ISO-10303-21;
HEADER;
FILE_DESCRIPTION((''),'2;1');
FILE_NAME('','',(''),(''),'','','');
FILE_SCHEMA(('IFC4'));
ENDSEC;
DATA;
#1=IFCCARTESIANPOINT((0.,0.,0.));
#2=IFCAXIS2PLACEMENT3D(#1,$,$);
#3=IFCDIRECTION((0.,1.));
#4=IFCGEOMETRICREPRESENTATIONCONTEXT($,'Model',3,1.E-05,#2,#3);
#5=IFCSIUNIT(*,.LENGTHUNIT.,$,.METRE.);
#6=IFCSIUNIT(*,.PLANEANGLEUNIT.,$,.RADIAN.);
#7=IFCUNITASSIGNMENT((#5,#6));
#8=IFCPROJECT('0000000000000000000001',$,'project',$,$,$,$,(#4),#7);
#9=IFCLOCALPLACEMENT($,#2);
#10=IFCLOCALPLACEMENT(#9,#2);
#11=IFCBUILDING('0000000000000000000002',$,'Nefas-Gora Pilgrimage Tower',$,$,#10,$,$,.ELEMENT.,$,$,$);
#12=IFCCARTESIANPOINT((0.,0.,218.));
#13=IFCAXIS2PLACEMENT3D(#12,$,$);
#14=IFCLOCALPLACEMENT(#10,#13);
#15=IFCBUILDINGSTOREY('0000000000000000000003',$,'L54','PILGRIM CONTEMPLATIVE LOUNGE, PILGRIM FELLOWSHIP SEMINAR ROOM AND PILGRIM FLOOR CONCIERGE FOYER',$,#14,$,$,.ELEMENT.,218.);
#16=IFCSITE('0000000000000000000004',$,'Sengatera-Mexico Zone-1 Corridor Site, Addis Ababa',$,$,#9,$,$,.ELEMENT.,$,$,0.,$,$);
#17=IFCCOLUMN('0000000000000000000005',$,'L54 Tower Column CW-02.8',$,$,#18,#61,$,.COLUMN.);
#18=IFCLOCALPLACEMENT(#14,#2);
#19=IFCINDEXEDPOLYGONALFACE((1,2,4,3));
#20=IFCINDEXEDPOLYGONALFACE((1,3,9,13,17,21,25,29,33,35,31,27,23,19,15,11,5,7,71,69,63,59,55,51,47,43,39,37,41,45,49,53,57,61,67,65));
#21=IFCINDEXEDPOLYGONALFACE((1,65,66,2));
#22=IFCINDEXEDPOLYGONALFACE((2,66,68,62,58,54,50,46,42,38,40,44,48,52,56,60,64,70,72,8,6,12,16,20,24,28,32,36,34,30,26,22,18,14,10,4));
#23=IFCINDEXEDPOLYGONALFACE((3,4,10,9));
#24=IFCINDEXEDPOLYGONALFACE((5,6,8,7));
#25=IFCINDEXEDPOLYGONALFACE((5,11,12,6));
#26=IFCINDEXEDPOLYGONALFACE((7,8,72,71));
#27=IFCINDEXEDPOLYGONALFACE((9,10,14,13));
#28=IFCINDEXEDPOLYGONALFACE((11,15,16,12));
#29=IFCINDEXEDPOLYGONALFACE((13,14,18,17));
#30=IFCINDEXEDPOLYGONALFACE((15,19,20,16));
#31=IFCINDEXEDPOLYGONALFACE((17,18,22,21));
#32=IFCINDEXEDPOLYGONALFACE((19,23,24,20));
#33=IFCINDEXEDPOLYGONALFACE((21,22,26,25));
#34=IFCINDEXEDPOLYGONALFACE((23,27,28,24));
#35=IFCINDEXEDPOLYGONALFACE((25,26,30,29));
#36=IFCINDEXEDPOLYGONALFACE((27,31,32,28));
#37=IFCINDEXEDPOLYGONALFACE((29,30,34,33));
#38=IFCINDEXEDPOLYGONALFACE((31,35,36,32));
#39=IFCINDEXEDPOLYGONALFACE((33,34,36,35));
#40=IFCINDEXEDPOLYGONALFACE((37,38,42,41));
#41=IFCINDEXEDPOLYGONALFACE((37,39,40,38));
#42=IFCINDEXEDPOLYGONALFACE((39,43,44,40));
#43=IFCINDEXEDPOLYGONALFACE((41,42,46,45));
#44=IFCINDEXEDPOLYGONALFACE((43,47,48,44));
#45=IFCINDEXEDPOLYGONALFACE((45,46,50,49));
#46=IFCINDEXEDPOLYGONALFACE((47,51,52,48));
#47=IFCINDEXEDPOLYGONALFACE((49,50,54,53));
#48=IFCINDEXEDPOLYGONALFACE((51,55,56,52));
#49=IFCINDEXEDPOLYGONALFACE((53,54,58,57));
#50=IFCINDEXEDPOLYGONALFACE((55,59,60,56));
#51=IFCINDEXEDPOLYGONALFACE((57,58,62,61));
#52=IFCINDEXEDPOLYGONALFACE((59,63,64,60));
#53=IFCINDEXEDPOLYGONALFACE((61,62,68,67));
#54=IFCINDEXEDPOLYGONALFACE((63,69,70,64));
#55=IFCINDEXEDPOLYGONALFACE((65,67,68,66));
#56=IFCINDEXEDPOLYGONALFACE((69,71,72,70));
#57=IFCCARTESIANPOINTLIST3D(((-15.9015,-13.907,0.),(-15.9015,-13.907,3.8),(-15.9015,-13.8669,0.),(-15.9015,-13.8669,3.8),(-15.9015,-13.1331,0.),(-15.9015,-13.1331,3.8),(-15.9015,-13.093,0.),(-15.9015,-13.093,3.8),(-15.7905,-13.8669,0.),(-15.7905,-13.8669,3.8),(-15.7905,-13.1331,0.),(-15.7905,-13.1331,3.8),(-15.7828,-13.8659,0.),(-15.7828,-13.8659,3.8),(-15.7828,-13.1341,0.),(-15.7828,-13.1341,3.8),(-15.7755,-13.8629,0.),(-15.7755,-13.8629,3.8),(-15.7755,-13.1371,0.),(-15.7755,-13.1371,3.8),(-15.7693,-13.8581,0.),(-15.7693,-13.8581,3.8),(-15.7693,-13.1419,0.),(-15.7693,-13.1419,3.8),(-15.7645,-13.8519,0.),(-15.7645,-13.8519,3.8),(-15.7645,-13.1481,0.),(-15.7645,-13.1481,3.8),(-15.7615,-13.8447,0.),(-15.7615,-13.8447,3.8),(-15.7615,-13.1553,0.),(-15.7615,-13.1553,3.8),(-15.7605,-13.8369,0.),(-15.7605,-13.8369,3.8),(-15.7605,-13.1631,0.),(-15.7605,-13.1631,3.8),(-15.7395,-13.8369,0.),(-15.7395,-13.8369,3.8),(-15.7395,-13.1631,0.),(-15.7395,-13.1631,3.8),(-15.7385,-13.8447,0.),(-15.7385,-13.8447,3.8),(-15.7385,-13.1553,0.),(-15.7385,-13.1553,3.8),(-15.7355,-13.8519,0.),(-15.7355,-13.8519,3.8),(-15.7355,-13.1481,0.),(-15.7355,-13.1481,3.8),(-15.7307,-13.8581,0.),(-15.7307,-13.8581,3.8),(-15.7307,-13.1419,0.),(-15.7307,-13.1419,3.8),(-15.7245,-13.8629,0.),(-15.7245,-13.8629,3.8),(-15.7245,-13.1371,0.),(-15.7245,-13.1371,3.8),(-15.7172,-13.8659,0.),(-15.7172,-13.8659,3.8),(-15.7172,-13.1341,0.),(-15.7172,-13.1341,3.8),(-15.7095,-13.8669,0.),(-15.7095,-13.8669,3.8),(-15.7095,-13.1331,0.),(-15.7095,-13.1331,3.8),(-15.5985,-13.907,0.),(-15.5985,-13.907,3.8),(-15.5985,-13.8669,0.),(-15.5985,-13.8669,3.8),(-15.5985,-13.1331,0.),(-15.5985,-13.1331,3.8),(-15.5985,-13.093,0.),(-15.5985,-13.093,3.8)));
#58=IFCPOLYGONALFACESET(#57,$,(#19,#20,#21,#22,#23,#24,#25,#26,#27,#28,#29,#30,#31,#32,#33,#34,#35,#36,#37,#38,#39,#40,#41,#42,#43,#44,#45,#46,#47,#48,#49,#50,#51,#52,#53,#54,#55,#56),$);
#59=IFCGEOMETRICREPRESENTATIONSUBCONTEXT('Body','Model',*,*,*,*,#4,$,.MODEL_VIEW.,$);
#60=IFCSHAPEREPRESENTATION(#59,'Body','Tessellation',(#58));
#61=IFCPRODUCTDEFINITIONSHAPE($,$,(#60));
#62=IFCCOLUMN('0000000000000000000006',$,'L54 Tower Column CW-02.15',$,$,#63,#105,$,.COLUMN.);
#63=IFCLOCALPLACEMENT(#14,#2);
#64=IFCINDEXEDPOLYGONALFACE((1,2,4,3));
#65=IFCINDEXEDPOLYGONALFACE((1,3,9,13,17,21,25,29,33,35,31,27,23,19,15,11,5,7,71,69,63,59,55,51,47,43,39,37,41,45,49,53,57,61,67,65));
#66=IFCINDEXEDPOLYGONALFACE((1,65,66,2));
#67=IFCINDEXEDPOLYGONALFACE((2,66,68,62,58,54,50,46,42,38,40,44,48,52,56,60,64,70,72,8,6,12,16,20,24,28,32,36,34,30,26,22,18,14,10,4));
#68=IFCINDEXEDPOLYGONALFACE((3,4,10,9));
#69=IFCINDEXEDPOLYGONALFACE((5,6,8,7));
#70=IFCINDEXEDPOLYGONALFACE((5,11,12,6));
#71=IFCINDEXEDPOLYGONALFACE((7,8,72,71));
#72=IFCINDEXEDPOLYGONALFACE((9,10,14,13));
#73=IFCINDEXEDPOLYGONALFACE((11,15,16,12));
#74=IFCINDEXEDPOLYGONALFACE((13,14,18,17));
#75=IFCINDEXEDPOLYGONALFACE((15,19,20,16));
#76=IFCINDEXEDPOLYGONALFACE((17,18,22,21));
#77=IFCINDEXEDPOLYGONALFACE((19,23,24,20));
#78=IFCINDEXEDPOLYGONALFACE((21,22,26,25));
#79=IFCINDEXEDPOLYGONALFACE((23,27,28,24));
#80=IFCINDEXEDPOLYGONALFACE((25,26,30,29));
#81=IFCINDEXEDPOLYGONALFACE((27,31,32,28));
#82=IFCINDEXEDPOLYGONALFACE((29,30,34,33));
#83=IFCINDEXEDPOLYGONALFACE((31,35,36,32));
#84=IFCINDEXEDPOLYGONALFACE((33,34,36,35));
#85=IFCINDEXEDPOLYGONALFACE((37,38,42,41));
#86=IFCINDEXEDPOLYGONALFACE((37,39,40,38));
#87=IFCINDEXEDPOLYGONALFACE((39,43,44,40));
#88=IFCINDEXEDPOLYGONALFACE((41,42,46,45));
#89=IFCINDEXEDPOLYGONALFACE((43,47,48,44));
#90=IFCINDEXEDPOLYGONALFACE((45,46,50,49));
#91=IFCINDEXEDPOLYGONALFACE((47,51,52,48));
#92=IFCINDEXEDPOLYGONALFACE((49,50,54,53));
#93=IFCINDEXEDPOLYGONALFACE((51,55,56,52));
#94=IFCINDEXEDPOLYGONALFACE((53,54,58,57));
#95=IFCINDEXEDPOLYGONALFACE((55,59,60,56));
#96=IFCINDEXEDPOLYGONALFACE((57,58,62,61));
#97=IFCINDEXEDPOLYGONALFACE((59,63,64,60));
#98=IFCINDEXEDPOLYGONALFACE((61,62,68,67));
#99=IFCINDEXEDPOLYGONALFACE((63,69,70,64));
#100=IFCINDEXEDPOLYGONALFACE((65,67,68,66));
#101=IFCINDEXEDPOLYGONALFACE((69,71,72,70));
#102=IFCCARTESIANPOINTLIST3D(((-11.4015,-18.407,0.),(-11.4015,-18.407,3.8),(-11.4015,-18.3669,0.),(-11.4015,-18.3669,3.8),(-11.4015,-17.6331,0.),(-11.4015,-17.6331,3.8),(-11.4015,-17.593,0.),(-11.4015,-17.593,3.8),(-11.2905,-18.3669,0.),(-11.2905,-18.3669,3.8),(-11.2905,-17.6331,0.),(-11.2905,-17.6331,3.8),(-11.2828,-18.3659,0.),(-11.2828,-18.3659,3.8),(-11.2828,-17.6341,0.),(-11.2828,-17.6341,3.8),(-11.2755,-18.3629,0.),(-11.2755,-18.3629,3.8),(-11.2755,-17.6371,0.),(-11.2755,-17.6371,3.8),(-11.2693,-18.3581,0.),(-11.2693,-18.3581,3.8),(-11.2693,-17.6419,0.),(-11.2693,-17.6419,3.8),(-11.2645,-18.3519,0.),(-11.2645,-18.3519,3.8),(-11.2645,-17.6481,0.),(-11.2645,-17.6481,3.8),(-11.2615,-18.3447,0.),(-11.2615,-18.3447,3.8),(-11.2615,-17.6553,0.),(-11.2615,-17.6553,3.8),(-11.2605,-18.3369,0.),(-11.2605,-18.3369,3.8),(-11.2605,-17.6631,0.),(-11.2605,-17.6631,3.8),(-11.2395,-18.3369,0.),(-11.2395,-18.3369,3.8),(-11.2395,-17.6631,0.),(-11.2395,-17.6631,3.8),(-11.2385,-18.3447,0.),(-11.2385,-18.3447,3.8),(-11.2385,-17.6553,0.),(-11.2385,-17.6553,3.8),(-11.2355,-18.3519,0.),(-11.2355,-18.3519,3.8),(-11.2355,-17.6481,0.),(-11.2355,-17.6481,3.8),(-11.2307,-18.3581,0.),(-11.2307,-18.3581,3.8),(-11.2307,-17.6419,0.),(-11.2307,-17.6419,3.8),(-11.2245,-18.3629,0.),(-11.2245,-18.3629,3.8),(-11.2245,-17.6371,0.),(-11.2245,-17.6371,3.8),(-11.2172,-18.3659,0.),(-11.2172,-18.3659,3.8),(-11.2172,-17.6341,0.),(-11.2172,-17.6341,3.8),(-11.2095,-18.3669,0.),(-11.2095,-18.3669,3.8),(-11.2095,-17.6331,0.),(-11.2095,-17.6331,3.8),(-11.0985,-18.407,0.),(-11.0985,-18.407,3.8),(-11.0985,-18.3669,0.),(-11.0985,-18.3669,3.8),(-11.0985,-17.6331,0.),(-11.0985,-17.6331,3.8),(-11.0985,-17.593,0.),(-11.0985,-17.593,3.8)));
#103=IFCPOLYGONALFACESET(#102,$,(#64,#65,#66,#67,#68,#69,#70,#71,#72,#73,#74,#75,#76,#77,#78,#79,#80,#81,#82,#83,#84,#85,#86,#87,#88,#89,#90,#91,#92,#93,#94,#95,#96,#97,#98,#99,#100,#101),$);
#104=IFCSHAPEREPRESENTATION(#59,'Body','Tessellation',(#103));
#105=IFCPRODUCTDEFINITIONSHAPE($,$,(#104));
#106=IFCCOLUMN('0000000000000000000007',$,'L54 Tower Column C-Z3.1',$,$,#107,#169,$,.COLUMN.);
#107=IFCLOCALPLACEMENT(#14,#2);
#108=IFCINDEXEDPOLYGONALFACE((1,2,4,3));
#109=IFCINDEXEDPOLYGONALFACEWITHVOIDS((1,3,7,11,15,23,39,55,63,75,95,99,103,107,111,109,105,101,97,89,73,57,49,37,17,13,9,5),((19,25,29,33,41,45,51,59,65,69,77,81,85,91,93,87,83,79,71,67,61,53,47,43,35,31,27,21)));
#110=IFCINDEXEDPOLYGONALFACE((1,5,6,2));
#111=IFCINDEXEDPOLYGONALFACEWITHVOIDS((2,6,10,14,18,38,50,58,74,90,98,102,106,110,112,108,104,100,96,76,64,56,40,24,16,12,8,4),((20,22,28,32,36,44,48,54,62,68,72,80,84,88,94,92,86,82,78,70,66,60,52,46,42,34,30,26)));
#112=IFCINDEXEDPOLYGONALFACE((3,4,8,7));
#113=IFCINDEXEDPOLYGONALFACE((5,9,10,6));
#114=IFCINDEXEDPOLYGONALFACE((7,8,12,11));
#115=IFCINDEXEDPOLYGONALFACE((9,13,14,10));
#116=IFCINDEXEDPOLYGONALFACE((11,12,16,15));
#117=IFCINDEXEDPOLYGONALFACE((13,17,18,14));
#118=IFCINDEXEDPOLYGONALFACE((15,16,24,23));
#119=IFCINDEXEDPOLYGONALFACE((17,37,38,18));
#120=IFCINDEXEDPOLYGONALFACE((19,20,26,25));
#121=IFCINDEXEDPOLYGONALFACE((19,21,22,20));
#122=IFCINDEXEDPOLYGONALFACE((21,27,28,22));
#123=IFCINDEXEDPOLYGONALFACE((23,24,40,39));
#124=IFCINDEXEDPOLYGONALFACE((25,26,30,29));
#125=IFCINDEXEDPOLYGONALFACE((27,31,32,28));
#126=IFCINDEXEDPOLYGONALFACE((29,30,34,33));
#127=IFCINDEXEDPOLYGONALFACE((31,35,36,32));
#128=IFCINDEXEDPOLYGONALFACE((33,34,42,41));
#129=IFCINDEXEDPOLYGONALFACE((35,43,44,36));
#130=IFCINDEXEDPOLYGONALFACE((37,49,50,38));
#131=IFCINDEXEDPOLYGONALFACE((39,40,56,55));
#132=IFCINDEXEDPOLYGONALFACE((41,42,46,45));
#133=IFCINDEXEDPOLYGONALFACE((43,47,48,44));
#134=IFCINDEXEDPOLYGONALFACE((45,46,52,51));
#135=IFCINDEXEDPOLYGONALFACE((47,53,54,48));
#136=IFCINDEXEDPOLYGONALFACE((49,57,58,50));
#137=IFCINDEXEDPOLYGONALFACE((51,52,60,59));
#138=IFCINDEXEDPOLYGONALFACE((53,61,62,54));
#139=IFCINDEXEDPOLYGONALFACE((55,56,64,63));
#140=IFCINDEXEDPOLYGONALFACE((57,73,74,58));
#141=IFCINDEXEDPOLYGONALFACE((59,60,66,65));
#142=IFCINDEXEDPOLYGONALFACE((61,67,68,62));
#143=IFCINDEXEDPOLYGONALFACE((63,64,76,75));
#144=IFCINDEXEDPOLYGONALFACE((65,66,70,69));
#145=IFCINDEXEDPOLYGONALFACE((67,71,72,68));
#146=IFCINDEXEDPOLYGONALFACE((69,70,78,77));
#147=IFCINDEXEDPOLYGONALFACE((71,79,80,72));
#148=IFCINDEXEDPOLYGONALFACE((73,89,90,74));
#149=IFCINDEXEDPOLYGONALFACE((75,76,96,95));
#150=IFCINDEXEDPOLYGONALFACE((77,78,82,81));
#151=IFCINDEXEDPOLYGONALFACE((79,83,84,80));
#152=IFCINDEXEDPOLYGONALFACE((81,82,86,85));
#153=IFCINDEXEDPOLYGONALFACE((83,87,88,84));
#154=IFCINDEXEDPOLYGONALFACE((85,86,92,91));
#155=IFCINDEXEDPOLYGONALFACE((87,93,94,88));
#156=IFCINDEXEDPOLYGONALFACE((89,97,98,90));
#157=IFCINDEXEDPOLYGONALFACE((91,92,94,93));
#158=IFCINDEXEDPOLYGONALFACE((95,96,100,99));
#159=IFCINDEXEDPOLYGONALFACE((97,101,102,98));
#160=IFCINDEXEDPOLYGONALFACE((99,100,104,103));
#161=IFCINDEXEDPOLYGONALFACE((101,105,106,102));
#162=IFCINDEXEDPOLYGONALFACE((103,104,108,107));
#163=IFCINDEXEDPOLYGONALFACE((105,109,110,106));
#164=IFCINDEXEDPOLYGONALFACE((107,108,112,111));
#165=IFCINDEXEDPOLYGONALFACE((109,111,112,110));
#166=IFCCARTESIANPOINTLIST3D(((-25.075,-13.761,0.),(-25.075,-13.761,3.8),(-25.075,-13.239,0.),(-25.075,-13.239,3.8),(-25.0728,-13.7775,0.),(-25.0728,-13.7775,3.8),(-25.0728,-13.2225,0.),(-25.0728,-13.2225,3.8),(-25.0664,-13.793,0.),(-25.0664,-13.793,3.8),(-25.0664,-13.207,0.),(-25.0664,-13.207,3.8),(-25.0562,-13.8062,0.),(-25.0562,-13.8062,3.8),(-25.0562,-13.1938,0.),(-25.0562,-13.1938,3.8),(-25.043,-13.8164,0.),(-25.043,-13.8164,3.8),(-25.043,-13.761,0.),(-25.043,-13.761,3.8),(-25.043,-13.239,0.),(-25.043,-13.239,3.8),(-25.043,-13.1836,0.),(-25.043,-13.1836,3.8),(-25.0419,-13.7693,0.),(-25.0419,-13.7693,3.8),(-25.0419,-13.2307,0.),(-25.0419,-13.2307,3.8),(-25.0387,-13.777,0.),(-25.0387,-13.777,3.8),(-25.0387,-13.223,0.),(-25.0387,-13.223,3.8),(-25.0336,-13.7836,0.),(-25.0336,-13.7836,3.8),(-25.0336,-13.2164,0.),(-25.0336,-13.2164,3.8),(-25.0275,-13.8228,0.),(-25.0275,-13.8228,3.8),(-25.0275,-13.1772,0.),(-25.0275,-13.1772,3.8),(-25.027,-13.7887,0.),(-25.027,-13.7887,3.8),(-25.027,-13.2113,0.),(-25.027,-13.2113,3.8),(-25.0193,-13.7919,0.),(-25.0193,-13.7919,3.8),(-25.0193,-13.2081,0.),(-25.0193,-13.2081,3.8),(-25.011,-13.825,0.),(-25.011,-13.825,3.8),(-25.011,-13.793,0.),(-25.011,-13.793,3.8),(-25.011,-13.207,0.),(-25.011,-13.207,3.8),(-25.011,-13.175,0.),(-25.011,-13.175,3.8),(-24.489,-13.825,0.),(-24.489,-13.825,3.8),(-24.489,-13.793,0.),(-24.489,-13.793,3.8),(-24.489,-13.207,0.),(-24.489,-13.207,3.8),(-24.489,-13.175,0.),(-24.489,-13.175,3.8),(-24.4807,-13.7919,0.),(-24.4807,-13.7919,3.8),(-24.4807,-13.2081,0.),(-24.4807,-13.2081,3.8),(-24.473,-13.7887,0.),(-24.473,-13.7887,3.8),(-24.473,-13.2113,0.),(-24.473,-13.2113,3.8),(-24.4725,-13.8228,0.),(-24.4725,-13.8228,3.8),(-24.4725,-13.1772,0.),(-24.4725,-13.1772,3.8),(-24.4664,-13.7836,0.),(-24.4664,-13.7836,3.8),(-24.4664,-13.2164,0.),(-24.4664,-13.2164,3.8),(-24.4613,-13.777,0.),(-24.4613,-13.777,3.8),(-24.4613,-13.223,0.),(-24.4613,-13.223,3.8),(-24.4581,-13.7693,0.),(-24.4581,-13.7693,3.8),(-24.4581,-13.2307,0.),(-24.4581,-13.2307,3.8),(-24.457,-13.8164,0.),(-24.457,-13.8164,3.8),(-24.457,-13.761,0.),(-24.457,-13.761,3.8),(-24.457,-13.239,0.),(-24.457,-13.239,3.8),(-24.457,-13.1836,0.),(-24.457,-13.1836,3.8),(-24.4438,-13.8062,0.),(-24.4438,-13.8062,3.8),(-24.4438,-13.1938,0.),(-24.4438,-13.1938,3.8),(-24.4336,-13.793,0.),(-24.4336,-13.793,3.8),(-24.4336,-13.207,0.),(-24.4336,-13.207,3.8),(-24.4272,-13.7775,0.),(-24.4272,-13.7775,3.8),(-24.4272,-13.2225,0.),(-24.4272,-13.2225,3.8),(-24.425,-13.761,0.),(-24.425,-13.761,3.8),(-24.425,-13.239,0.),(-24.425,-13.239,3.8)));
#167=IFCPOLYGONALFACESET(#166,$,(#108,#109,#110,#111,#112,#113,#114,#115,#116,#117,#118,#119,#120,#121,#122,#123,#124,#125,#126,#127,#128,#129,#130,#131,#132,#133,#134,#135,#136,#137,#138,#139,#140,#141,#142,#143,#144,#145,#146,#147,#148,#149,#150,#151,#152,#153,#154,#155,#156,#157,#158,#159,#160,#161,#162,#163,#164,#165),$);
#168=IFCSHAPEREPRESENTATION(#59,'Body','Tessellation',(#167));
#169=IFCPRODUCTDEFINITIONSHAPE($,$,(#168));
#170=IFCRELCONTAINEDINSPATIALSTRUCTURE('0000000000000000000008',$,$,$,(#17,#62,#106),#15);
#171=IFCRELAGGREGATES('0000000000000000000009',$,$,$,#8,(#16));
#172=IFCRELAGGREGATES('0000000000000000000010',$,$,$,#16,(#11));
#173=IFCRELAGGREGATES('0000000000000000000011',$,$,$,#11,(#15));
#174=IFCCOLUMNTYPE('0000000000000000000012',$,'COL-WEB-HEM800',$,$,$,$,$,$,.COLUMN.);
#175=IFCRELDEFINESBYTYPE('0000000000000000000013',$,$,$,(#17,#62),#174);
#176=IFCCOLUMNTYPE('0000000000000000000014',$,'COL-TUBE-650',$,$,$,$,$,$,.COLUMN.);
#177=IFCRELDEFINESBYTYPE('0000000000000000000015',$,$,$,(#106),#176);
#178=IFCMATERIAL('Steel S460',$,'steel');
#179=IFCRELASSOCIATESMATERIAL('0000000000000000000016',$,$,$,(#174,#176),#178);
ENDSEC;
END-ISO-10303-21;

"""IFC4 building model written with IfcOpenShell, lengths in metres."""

from ifc_helpers import new_model, si_unit, direction, frame, origin, origin_2d, place, context, subcontext, project, spatial, hollow_rectangle, i_section, extrude, source, transform, mapped, material, material_profile, profile_set, type_object, element, save


model = new_model("IFC4")

# Units and contexts
model_context = context("Model", 3, precision=1e-05, world=origin(), true_north=direction((0.0, 1.0)))
body_context = subcontext(model_context, "Body", "Model", "MODEL_VIEW")
ifc_project = project(units=[si_unit("LENGTHUNIT", "METRE"), si_unit("PLANEANGLEUNIT", "RADIAN")], contexts=[model_context])

# Site, building, storey
site_placement = place(None, origin())
site = spatial("IfcSite", under=ifc_project, at=site_placement, Name="Sengatera-Mexico Zone-1 Corridor Site, Addis Ababa", CompositionType="ELEMENT", RefElevation=0.0)
building_placement = place(site_placement, origin())
building = spatial("IfcBuilding", under=site, at=building_placement, Name="Nefas-Gora Pilgrimage Tower", CompositionType="ELEMENT")
storey_placement = place(building_placement, frame((0.0, 0.0, 218.0)))
storey = spatial("IfcBuildingStorey", under=building, at=storey_placement, Name="L54", Description="PILGRIM CONTEMPLATIVE LOUNGE, PILGRIM FELLOWSHIP SEMINAR ROOM AND PILGRIM FLOOR CONCIERGE FOYER", CompositionType="ELEMENT", Elevation=218.0)

# Columns
ifc_material_1 = material(Name="Steel S460", Category="steel")
ifc_material_profile_1 = material_profile(ifc_material_1, i_section(OverallWidth=0.303, OverallDepth=0.814, WebThickness=0.021, FlangeThickness=0.04, FilletRadius=0.03, at=origin_2d()), Name="HEM 800")
ifc_profile_set_1 = profile_set([ifc_material_profile_1], Name="Steel S460")
column_type_1 = type_object("IfcColumnType", Name="COL-WEB-HEM800", PredefinedType="COLUMN", material=ifc_profile_set_1)
shared_shape_1 = source(origin(), body_context, "Body", "SweptSolid", [
    extrude(i_section(OverallWidth=0.303, OverallDepth=0.814, WebThickness=0.021, FlangeThickness=0.04, FilletRadius=0.03, at=origin_2d()), origin(), (0.0, 0.0, 1.0), 3.8),
])
for number, where, z_axis, x_axis, name in (
    (1, (-15.75, -13.5, 0.0), (0.0, 0.0, 1.0), (1.0, 0.0, 0.0), "L54 Tower Column CW-02.8"),
    (2, (-11.25, -18.0, 0.0), (0.0, 0.0, 1.0), (1.0, 0.0, 0.0), "L54 Tower Column CW-02.15"),
):
    element("IfcColumn", number, at=place(storey_placement, frame(where, z_axis=z_axis, x_axis=x_axis)), inside=storey, type_object=column_type_1, Name=name, PredefinedType="COLUMN", context=body_context, shape_type="MappedRepresentation", body=[
        mapped(shared_shape_1, transform((0.0, 0.0, 0.0), x_axis=(1.0, 0.0, 0.0), y_axis=(0.0, 1.0, 0.0), z_axis=(0.0, 0.0, 1.0), scale=1.0)),
    ])
ifc_material_profile_2 = material_profile(ifc_material_1, hollow_rectangle(XDim=0.6499, YDim=0.6499, WallThickness=0.032, InnerFilletRadius=0.032, OuterFilletRadius=0.064, at=origin_2d()), Name="BOX 650x650x32")
ifc_profile_set_2 = profile_set([ifc_material_profile_2], Name="Steel S460")
column_type_2 = type_object("IfcColumnType", Name="COL-TUBE-650", PredefinedType="COLUMN", material=ifc_profile_set_2)
shared_shape_2 = source(origin(), body_context, "Body", "SweptSolid", [
    extrude(hollow_rectangle(XDim=0.6499, YDim=0.6499, WallThickness=0.032, InnerFilletRadius=0.032, OuterFilletRadius=0.064, at=origin_2d()), origin(), (0.0, 0.0, 1.0), 3.8),
])
column_placement = place(storey_placement, frame((-24.75, -13.5, 0.0), z_axis=(0.0, 0.0, 1.0), x_axis=(1.0, 0.0, 0.0)))
element("IfcColumn", 3, at=column_placement, inside=storey, type_object=column_type_2, Name="L54 Tower Column C-Z3.1", PredefinedType="COLUMN", context=body_context, shape_type="MappedRepresentation", body=[
    mapped(shared_shape_2, transform((0.0, 0.0, 0.0), x_axis=(1.0, 0.0, 0.0), y_axis=(0.0, 1.0, 0.0), z_axis=(0.0, 0.0, 1.0), scale=1.0)),
])

save(model, "model.ifc")
